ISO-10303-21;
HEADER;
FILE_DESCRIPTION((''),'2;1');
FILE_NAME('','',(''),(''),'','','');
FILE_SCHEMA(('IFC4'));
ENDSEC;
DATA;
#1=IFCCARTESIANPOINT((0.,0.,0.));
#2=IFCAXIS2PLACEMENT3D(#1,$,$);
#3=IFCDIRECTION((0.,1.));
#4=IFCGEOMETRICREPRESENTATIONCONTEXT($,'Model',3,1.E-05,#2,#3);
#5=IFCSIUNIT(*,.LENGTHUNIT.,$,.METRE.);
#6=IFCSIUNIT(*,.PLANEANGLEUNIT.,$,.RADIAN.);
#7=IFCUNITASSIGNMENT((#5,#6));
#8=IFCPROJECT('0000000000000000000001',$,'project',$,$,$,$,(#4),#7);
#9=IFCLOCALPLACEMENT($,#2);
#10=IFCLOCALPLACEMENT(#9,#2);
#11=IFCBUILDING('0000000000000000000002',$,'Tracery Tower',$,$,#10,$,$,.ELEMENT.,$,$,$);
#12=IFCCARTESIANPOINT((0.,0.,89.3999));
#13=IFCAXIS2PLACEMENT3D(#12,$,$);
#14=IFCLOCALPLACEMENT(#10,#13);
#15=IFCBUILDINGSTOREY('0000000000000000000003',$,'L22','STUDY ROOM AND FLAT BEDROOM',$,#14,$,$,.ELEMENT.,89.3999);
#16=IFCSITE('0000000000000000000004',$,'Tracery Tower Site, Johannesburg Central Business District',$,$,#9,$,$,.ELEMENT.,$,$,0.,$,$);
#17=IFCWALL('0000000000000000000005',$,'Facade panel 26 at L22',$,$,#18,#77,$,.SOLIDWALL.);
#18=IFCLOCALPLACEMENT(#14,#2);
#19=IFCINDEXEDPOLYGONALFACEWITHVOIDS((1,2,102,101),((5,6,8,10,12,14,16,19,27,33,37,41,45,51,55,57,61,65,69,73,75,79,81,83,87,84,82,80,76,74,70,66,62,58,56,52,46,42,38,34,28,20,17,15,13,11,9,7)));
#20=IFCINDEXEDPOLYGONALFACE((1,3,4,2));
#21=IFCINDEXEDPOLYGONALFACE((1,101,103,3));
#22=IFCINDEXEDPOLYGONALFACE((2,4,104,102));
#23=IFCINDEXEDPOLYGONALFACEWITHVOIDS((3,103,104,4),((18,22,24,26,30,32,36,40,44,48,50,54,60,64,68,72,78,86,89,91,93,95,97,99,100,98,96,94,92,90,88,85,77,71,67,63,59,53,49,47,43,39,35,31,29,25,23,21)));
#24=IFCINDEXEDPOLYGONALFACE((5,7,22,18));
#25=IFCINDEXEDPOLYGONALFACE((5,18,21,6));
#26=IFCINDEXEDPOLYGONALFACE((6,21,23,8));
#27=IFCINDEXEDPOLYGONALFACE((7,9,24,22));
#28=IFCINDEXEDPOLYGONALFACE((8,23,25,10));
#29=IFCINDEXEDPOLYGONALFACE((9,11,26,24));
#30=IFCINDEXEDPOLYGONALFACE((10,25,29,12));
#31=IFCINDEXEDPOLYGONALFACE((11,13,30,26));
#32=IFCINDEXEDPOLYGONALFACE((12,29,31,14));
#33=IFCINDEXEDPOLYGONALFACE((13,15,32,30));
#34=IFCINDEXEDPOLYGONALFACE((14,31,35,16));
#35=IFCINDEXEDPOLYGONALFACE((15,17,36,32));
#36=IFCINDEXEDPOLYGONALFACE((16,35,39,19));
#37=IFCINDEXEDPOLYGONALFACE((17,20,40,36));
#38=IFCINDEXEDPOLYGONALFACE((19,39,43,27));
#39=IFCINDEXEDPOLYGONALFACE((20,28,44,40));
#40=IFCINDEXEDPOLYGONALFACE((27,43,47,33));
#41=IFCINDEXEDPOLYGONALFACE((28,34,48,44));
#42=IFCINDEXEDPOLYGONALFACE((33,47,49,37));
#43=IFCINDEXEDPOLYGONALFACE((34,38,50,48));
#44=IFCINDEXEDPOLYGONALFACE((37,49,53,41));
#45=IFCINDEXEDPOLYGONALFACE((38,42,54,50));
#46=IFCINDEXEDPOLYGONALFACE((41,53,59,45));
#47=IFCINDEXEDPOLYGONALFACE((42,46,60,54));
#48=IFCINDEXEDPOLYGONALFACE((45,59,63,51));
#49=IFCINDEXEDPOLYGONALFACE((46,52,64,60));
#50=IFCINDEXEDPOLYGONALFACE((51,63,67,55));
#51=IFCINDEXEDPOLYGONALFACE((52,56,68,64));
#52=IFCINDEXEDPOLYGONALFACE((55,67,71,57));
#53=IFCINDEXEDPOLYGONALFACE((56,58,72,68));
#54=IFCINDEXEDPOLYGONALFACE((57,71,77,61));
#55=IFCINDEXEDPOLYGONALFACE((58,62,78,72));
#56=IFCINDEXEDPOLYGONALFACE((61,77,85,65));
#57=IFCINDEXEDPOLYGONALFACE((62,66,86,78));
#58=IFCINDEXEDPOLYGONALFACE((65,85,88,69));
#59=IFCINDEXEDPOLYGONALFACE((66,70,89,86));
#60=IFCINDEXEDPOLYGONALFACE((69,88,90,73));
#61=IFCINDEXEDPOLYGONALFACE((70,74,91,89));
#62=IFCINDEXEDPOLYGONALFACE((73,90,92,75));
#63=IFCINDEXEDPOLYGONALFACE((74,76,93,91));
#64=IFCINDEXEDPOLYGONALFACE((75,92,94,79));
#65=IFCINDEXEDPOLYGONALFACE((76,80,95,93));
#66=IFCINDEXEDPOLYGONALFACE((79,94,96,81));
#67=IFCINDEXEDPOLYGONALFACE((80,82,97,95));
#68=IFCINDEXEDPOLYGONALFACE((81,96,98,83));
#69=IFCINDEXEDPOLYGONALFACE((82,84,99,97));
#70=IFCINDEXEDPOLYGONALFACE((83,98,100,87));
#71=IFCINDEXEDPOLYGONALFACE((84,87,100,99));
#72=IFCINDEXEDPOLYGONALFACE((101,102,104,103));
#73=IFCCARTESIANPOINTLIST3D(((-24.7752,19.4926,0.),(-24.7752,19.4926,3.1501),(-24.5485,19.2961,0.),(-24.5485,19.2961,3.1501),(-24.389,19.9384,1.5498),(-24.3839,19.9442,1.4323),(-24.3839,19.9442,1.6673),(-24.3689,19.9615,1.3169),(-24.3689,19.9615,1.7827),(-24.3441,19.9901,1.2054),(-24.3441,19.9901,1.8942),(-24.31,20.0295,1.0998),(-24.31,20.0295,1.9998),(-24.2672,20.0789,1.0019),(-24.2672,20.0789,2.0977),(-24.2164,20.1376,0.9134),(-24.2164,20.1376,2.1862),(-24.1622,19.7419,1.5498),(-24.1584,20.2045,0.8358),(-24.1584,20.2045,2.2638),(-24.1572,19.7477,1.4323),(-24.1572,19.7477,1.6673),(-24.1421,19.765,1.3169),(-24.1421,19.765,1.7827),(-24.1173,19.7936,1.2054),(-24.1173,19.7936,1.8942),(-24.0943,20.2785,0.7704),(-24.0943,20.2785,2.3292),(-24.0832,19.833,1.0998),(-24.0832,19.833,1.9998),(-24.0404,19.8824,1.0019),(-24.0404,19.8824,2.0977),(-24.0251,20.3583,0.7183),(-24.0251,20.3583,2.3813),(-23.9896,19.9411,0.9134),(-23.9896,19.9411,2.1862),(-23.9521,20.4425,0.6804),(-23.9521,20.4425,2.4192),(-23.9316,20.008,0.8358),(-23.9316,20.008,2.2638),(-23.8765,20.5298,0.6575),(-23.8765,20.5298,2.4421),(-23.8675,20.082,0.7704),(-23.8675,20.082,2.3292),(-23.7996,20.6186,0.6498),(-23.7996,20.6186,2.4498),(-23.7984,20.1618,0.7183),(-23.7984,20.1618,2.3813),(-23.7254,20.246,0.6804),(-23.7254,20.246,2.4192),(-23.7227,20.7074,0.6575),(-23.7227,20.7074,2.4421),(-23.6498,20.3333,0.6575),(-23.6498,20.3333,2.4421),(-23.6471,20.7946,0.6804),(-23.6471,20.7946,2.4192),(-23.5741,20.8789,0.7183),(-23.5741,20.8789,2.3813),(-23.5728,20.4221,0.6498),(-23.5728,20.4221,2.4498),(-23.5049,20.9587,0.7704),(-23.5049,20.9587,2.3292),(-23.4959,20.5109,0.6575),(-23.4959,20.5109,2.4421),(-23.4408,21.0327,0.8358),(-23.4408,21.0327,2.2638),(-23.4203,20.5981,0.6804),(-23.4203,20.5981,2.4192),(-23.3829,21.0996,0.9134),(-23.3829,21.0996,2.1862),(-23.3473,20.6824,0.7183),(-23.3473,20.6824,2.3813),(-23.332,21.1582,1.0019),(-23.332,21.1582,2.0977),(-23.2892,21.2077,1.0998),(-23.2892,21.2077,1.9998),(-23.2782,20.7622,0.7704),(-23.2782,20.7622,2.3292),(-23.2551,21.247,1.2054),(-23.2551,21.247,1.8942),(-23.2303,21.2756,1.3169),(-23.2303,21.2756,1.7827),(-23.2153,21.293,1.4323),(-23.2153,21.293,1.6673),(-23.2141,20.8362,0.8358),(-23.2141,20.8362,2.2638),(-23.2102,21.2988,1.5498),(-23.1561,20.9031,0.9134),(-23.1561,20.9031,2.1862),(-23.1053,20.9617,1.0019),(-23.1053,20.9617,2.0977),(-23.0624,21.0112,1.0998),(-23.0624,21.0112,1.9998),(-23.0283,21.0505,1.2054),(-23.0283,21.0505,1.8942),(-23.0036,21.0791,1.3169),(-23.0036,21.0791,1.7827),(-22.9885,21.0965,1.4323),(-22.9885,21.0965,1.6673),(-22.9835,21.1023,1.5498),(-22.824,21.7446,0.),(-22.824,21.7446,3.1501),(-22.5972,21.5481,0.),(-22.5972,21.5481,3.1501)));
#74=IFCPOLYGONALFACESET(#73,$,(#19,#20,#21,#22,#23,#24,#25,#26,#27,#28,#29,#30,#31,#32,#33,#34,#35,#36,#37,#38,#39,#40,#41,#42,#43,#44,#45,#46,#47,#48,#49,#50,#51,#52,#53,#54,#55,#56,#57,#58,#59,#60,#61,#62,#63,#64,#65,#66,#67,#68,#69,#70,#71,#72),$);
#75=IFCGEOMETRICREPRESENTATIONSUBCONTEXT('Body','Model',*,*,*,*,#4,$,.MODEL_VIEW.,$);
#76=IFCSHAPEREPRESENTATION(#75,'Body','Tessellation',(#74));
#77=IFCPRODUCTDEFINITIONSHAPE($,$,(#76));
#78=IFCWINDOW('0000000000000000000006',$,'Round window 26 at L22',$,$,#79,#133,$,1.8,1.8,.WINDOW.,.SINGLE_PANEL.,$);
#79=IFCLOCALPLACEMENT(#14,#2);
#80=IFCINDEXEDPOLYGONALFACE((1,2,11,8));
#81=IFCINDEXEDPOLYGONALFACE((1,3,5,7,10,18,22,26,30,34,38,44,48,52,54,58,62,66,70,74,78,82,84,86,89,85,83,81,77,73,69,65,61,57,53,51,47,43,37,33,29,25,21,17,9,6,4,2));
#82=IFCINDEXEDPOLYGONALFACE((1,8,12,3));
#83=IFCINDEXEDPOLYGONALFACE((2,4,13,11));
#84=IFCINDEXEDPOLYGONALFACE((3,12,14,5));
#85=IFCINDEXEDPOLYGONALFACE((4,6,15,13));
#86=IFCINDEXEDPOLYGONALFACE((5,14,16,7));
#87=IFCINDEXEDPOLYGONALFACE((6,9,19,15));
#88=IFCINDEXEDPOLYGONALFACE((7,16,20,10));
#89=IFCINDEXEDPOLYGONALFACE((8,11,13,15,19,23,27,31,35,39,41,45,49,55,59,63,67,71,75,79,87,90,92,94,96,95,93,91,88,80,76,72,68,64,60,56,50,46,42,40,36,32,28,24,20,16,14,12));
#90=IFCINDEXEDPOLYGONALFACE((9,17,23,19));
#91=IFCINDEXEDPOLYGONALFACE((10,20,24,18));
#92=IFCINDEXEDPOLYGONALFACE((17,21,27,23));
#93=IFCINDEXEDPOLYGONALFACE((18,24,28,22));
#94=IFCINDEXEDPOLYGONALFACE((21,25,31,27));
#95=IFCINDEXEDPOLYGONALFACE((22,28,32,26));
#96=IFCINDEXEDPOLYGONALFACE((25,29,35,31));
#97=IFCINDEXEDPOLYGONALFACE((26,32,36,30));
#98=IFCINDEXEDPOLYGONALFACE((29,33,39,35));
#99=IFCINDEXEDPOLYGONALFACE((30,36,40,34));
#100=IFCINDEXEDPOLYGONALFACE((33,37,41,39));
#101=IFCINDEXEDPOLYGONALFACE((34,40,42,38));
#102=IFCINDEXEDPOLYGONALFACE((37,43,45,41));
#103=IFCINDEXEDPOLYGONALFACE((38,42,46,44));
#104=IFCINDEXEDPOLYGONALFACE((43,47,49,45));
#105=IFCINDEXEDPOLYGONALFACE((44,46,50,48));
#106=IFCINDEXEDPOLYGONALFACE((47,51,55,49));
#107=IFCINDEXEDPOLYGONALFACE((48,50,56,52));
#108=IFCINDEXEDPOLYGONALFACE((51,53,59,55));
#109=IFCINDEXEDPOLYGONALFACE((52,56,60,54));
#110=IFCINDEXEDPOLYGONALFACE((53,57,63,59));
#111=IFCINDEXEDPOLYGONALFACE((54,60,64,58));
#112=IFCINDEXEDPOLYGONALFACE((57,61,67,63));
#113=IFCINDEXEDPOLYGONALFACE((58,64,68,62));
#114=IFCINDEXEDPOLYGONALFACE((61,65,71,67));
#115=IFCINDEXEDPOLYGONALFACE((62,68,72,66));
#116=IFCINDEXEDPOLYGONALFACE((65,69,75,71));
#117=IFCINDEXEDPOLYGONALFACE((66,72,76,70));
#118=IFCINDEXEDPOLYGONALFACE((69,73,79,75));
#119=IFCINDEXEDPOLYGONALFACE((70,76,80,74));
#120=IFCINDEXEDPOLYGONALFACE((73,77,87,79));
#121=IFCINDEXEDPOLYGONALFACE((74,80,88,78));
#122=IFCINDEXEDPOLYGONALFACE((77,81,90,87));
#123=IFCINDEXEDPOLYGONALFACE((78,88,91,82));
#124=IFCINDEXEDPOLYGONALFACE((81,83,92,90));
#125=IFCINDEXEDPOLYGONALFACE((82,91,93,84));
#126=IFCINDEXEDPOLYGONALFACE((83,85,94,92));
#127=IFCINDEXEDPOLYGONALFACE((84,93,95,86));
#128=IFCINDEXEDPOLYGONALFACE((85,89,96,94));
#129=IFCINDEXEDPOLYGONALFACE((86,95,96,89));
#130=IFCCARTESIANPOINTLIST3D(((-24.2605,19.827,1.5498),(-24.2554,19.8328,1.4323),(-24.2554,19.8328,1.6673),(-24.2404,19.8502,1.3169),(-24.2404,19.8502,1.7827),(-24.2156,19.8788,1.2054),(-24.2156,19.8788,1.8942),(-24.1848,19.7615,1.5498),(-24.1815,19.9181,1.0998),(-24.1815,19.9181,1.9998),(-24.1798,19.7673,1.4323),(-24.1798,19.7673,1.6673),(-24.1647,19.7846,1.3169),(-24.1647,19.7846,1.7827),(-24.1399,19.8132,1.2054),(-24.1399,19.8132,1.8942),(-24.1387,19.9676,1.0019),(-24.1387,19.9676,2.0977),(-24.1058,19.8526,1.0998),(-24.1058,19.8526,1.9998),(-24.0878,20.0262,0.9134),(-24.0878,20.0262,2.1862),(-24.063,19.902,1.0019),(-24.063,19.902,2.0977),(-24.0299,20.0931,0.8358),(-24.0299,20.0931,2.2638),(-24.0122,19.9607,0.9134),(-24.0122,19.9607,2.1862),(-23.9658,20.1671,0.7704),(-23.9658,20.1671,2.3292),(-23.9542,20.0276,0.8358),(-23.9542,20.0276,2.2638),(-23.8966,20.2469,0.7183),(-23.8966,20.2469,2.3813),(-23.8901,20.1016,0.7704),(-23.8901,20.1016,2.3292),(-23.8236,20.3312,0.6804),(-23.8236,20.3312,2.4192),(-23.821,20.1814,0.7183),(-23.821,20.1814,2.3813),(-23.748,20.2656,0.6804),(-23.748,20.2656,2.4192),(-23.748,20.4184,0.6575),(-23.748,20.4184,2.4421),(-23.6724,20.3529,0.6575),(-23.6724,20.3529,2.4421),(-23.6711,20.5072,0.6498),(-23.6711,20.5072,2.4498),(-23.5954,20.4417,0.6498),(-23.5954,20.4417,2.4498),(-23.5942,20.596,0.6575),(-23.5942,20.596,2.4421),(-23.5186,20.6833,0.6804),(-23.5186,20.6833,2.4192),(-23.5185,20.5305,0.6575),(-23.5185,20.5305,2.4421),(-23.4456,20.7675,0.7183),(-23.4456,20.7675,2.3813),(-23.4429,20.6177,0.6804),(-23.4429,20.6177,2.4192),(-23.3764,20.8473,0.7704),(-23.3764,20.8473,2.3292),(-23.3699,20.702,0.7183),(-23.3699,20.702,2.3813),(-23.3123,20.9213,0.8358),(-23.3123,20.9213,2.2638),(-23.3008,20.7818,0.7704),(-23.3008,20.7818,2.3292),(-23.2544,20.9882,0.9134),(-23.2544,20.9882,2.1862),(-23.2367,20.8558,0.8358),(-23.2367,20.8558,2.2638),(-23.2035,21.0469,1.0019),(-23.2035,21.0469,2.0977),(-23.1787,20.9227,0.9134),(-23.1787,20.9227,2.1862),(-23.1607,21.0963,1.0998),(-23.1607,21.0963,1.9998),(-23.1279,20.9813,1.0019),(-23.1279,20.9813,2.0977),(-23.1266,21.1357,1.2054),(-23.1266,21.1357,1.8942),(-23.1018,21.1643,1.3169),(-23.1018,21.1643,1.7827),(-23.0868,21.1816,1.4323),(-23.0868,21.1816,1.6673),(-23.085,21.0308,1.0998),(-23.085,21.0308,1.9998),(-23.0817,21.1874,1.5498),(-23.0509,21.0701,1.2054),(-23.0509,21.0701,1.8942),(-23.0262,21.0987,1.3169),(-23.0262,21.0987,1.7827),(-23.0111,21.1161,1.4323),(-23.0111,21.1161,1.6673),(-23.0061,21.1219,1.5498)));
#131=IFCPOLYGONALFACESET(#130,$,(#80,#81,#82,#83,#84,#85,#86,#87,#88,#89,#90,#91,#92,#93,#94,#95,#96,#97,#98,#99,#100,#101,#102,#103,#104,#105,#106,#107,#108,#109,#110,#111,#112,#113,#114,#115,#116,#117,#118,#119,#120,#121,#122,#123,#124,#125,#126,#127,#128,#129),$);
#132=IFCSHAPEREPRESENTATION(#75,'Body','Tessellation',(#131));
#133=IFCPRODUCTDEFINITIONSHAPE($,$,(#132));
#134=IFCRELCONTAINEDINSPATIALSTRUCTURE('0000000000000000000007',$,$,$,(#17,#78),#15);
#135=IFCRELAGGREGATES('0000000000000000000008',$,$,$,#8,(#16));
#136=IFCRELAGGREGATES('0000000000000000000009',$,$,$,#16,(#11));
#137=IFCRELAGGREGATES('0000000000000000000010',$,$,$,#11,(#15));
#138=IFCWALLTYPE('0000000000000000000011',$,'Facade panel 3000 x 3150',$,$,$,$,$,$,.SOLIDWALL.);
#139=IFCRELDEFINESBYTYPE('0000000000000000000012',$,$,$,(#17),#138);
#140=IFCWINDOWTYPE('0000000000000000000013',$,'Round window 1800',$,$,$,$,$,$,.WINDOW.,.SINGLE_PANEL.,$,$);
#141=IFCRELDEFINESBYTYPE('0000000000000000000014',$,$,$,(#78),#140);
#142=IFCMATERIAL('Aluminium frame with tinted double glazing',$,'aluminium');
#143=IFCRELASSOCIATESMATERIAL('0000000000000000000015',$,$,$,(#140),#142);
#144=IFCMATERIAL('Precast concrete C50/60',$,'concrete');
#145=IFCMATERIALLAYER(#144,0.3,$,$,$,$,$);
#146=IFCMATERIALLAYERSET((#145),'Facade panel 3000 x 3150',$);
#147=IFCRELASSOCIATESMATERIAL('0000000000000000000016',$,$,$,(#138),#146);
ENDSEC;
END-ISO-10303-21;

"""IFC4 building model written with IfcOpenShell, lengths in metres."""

from ifc_helpers import new_model, si_unit, direction, frame, frame_2d, origin, origin_2d, place, context, subcontext, project, spatial, rectangle, circle, extrude, material, layer, layer_set, type_object, element, fill, save


model = new_model("IFC4")

# Units and contexts
model_context = context("Model", 3, precision=1e-05, world=origin(), true_north=direction((0.0, 1.0)))
body_context = subcontext(model_context, "Body", "Model", "MODEL_VIEW")
ifc_project = project(units=[si_unit("LENGTHUNIT", "METRE"), si_unit("PLANEANGLEUNIT", "RADIAN")], contexts=[model_context])

# Site, building, storey
site_placement = place(None, origin())
site = spatial("IfcSite", under=ifc_project, at=site_placement, Name="Tracery Tower Site, Johannesburg Central Business District", CompositionType="ELEMENT", RefElevation=0.0)
building_placement = place(site_placement, origin())
building = spatial("IfcBuilding", under=site, at=building_placement, Name="Tracery Tower", CompositionType="ELEMENT")
storey_placement = place(building_placement, frame((0.0, 0.0, 89.3999)))
storey = spatial("IfcBuildingStorey", under=building, at=storey_placement, Name="L22", Description="STUDY ROOM AND FLAT BEDROOM", CompositionType="ELEMENT", Elevation=89.3999)

# Wall, opening, window
ifc_material_1 = material(Name="Aluminium frame with tinted double glazing", Category="aluminium")
window_type = type_object("IfcWindowType", Name="Round window 1800", PartitioningType="SINGLE_PANEL", PredefinedType="WINDOW", material=ifc_material_1)
ifc_material_2 = material(Name="Precast concrete C50/60", Category="concrete")
ifc_layer_1 = layer(ifc_material_2, 0.3)
ifc_layer_set_1 = layer_set([ifc_layer_1], Name="Facade panel 3000 x 3150")
wall_type_1 = type_object("IfcWallType", Name="Facade panel 3000 x 3150", PredefinedType="SOLIDWALL", material=ifc_layer_set_1)
wall_1_placement = place(storey_placement, frame((-22.7107, 21.6462, 0.0), z_axis=(0.0, 0.0, 1.0), x_axis=(-0.654831, -0.755776, 0.0)))
wall_1 = element("IfcWall", 1, at=wall_1_placement, inside=storey, type_object=wall_type_1, Name="Facade panel 26 at L22", PredefinedType="SOLIDWALL", context=body_context, shape_type="SweptSolid", body=[
    extrude(rectangle(XDim=2.9797, YDim=0.3, at=frame_2d((1.4897, 0.0))), origin(), (0.0, 0.0, 1.0), 3.1501),
])
opening_1_placement = place(wall_1_placement, frame((1.4897, 0.0, 1.5498)))
opening_1 = element("IfcOpeningElement", 2, at=opening_1_placement, cuts=wall_1, PredefinedType="OPENING", context=body_context, shape_type="SweptSolid", body=[
    extrude(circle(Radius=0.9, at=origin_2d()), frame((0.0, 0.1599, 0.0), z_axis=(0.0, -1.0, 0.0), x_axis=(1.0, 0.0, 0.0)), (0.0, 0.0, 1.0), 0.3201),
])
window_1_placement = place(opening_1_placement, origin())
window_1 = element("IfcWindow", 3, at=window_1_placement, inside=storey, type_object=window_type, Name="Round window 26 at L22", OverallHeight=1.8, OverallWidth=1.8, PartitioningType="SINGLE_PANEL", PredefinedType="WINDOW", context=body_context, shape_type="SweptSolid", body=[
    extrude(circle(Radius=0.9, at=origin_2d()), frame((0.0, 0.1201, 0.0), z_axis=(0.0, -1.0, 0.0), x_axis=(1.0, 0.0, 0.0)), (0.0, 0.0, 1.0), 0.1001),
])
fill(opening_1, window_1)

save(model, "model.ifc")
